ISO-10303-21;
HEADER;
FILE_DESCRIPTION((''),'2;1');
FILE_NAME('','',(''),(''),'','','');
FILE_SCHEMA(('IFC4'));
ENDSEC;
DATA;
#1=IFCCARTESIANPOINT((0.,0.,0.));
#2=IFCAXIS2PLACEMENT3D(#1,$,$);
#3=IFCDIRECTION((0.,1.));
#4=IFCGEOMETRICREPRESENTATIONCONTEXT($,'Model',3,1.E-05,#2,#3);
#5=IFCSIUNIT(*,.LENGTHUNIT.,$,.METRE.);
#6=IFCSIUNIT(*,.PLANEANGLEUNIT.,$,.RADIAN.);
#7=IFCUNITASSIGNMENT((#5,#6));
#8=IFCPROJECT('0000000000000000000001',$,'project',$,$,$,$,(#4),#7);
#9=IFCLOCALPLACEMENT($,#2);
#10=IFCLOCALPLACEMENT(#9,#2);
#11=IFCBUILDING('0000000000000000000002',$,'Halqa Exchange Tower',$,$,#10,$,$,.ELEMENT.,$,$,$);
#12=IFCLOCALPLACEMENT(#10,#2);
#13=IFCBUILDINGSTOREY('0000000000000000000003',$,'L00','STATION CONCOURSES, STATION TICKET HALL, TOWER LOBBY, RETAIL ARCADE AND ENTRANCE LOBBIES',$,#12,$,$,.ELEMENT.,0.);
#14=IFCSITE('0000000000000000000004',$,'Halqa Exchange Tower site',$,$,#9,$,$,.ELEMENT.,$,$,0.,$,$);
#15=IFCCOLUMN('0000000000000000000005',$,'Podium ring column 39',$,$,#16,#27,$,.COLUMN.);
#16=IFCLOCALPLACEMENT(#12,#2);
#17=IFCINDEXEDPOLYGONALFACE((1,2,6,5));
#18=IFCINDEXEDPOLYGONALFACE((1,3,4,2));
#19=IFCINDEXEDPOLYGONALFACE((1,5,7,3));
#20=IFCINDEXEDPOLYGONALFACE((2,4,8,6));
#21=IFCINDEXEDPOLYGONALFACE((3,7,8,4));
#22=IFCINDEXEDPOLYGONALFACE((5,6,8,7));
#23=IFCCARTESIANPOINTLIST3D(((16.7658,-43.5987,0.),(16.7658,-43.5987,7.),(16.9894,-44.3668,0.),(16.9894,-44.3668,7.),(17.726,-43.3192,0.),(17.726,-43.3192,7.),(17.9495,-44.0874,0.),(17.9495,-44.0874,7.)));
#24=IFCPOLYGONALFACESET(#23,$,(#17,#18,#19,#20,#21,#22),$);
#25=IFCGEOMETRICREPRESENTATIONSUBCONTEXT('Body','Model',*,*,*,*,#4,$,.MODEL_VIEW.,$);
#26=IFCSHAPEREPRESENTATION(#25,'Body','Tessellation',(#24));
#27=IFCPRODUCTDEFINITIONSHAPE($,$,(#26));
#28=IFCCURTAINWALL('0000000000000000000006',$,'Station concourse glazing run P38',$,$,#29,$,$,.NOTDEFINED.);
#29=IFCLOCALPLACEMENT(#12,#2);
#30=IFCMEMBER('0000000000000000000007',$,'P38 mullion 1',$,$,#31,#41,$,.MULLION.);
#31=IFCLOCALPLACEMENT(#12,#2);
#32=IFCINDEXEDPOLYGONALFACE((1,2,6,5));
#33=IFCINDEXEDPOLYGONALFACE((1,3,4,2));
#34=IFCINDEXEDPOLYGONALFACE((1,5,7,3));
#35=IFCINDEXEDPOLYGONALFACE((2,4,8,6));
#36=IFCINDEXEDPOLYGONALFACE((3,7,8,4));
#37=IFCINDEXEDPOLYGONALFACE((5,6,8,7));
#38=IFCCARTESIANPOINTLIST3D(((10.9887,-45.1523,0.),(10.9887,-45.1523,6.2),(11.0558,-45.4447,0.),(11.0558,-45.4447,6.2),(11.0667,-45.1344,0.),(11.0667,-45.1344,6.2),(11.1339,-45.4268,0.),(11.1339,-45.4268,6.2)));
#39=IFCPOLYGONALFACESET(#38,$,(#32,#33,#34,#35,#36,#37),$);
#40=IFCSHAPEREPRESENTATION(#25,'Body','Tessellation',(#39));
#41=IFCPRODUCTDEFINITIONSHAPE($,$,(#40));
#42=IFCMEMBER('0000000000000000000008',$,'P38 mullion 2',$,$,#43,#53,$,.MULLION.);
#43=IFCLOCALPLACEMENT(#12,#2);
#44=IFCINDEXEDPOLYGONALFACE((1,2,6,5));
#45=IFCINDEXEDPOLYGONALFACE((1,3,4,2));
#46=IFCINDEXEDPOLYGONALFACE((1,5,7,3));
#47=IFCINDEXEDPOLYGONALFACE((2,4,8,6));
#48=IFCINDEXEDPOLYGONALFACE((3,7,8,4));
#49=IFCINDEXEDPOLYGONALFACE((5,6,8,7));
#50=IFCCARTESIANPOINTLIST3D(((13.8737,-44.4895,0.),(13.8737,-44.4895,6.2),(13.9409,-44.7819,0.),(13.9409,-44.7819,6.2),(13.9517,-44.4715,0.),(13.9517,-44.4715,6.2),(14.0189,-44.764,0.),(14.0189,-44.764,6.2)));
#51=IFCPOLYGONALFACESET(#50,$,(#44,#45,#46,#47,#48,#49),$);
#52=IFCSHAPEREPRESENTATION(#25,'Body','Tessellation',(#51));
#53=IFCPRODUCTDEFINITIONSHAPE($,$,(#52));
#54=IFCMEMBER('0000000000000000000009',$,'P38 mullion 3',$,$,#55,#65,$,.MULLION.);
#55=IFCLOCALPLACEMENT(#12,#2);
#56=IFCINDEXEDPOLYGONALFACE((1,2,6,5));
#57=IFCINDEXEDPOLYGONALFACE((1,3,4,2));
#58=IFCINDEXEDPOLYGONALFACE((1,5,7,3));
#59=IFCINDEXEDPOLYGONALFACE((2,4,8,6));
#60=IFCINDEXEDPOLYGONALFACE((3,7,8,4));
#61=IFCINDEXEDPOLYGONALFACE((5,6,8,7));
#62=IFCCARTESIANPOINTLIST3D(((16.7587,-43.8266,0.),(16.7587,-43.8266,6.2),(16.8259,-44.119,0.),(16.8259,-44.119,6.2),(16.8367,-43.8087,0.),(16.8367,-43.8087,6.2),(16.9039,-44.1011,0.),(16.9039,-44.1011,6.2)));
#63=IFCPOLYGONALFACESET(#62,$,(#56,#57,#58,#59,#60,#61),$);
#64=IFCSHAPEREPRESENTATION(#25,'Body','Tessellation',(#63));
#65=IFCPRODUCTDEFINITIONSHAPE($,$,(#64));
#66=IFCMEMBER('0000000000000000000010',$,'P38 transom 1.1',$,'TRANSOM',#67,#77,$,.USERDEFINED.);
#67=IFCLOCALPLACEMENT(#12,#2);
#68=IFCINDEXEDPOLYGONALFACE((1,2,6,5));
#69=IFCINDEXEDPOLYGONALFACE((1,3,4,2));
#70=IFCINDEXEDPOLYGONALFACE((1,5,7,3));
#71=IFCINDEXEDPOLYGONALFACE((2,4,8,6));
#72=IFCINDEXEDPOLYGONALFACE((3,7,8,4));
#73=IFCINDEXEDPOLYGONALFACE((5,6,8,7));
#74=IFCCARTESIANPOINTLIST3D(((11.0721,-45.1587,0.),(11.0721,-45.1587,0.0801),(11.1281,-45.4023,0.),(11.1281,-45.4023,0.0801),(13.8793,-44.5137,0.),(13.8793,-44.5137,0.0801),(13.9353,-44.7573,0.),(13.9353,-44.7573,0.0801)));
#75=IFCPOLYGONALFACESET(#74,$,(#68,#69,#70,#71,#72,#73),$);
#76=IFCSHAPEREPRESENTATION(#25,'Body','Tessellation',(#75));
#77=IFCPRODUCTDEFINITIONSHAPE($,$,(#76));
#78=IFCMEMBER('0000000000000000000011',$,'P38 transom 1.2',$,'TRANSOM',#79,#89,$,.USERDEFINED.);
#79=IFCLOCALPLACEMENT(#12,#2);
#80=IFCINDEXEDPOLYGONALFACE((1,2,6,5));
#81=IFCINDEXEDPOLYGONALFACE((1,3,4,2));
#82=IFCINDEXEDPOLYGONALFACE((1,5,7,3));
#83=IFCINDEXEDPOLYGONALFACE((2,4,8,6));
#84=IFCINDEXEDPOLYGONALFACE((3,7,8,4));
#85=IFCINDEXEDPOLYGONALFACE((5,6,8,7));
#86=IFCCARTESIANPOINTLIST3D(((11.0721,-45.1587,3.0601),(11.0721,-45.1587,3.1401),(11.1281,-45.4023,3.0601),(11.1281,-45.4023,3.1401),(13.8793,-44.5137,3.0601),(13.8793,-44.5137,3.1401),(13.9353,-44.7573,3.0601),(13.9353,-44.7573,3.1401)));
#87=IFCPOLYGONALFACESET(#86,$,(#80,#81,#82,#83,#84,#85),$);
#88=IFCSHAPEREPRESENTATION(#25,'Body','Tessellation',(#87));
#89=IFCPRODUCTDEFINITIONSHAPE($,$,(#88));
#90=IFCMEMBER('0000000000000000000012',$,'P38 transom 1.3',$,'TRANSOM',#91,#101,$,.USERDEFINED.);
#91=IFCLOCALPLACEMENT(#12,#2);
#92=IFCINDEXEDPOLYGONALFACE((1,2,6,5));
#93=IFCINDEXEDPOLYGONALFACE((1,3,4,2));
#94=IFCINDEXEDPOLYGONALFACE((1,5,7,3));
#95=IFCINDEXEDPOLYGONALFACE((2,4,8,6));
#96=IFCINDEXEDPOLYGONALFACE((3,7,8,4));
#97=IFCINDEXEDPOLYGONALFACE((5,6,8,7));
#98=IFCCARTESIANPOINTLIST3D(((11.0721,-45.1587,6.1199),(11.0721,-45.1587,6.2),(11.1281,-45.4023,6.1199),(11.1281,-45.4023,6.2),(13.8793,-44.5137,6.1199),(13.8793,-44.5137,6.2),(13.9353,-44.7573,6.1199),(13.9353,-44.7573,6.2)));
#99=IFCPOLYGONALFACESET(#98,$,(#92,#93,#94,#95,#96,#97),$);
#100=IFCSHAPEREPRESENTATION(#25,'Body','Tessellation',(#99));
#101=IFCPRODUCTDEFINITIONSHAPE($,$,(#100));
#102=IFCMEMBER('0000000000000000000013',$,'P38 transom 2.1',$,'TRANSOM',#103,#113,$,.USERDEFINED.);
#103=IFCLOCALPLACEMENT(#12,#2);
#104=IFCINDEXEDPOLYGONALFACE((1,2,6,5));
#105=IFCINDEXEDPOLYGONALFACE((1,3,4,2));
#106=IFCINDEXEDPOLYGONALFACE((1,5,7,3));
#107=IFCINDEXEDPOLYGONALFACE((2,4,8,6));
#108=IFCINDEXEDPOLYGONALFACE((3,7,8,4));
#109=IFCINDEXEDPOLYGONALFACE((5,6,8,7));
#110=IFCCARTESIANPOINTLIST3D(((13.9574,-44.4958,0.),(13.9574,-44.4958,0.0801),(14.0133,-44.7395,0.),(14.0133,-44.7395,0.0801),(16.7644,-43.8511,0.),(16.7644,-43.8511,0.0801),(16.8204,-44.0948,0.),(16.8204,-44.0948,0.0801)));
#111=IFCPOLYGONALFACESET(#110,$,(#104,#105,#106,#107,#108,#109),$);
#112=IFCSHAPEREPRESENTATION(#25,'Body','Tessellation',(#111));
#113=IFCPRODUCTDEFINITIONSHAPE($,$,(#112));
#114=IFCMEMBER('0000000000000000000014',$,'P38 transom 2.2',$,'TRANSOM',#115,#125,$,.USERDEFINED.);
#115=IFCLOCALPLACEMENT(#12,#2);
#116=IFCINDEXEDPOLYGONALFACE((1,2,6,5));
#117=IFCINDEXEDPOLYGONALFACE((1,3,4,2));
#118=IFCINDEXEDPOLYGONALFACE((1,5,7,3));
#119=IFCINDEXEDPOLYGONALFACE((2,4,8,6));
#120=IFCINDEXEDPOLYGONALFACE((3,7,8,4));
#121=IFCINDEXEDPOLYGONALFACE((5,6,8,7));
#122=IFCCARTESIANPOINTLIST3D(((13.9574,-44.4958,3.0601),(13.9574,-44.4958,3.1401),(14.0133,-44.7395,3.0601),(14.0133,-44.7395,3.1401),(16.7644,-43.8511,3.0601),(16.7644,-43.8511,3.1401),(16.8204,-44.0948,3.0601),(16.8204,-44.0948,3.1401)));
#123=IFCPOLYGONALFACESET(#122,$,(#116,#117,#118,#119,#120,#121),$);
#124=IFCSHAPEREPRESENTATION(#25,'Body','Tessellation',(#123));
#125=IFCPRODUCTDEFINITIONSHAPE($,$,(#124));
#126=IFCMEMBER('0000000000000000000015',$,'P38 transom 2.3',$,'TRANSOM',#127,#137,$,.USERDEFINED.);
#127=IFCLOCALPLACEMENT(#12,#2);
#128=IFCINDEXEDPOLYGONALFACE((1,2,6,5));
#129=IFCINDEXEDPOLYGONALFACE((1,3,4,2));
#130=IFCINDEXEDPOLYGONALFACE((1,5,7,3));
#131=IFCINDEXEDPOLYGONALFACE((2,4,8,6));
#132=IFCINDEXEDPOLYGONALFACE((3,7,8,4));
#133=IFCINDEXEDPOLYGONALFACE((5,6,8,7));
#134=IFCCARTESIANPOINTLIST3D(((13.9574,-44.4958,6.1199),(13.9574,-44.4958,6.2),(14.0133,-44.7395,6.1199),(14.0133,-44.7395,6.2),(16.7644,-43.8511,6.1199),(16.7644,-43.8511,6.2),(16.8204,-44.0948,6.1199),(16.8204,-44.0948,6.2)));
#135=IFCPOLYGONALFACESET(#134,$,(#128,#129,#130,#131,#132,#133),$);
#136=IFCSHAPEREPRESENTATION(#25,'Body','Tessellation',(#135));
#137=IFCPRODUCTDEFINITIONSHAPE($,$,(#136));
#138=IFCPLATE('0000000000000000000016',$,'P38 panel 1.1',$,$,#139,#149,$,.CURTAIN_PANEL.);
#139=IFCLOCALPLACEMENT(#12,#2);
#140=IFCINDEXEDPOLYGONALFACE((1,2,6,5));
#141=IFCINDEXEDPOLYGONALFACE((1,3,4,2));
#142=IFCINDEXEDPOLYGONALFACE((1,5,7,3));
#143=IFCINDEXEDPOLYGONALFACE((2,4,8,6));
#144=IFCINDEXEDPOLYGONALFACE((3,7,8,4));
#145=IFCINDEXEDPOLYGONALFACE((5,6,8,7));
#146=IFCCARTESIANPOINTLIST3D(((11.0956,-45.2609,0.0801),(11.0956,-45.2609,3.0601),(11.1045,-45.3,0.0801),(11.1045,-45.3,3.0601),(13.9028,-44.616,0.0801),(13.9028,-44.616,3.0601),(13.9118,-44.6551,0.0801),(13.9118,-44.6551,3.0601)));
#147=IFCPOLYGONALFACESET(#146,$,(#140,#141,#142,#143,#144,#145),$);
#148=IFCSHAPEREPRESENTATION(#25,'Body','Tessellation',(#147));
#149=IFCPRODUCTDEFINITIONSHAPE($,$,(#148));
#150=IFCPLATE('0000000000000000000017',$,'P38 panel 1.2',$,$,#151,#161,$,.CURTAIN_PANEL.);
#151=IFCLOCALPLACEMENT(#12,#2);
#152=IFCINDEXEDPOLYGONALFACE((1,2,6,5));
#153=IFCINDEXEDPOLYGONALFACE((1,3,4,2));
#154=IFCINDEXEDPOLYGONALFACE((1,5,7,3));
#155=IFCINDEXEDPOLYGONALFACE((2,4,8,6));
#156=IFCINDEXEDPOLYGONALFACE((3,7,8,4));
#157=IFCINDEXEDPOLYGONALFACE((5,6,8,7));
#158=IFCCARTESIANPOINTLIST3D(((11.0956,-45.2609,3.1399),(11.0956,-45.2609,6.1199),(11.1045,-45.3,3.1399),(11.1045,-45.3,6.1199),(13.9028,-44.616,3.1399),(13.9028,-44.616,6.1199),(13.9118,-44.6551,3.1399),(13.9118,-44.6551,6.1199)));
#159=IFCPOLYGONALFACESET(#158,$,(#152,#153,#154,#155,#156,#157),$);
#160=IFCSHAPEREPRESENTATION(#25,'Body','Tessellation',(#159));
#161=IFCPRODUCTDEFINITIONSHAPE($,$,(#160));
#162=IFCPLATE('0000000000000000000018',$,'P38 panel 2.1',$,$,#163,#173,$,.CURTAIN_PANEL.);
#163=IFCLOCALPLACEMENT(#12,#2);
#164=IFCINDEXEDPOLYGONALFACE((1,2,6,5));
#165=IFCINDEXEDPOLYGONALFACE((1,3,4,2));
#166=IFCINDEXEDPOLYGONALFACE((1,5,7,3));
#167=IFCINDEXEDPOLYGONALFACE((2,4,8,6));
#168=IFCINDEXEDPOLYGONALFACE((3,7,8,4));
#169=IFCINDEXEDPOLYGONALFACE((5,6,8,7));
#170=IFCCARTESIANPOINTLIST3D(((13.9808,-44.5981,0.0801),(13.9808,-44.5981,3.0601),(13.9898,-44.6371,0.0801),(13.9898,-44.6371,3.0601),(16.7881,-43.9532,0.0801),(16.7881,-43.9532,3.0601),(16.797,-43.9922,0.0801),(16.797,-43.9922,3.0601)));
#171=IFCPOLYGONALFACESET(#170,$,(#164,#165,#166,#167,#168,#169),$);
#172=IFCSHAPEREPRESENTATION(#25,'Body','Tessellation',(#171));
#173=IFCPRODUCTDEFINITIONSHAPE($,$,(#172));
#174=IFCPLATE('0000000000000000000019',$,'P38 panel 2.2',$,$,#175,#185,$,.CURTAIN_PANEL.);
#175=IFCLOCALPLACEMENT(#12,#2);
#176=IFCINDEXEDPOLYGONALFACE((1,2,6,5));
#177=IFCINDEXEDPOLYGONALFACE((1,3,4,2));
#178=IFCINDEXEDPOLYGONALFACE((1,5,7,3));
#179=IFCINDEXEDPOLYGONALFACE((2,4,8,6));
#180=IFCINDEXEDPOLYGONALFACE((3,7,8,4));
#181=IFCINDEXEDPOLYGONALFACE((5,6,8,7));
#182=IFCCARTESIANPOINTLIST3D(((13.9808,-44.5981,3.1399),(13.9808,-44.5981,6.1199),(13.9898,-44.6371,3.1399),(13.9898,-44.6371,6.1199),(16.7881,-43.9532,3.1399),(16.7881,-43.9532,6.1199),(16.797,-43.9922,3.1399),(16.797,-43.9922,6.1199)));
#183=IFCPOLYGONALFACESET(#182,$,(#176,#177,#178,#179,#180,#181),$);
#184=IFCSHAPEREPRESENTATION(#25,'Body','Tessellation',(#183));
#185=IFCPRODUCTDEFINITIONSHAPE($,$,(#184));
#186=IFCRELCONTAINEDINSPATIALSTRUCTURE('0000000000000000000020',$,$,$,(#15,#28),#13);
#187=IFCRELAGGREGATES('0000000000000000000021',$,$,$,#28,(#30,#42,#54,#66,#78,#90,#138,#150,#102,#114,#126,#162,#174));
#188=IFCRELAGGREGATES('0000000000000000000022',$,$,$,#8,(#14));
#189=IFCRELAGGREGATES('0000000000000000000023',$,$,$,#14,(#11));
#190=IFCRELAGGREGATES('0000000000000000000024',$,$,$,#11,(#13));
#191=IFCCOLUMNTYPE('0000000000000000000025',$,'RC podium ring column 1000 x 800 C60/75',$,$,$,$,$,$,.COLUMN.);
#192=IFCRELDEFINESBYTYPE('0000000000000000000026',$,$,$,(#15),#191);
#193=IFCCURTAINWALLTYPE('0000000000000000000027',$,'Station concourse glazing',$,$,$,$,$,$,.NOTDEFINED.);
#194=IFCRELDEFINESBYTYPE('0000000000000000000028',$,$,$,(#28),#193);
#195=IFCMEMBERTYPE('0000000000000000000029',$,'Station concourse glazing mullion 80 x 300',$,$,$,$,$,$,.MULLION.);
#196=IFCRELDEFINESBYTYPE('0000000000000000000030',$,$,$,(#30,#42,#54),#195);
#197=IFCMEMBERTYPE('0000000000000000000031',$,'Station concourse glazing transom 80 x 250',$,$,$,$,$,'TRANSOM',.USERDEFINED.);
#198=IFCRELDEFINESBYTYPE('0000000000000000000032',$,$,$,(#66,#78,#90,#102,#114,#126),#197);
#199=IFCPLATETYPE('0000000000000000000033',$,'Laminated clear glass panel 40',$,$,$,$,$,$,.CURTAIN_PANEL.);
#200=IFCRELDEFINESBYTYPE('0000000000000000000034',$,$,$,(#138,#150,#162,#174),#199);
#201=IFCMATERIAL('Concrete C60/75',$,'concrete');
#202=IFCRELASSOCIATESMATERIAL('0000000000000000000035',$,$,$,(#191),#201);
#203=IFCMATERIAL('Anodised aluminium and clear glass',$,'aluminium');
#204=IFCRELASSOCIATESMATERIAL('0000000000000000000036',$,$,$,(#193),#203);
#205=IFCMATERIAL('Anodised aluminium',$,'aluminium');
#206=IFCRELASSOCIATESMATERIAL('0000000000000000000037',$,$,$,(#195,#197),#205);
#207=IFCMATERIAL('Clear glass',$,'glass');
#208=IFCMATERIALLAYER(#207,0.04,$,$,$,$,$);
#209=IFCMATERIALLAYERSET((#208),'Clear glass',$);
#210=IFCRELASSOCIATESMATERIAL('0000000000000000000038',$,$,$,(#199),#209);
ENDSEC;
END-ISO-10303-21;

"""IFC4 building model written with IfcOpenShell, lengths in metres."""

from ifc_helpers import new_model, si_unit, direction, frame, origin, origin_2d, place, context, subcontext, project, spatial, rectangle, extrude, material, layer, layer_set, material_profile, profile_set, type_object, element, aggregate, save


model = new_model("IFC4")

# Units and contexts
model_context = context("Model", 3, precision=1e-05, world=origin(), true_north=direction((0.0, 1.0)))
body_context = subcontext(model_context, "Body", "Model", "MODEL_VIEW")
ifc_project = project(units=[si_unit("LENGTHUNIT", "METRE"), si_unit("PLANEANGLEUNIT", "RADIAN")], contexts=[model_context])

# Site, building, storey
site_placement = place(None, origin())
site = spatial("IfcSite", under=ifc_project, at=site_placement, Name="Halqa Exchange Tower site", CompositionType="ELEMENT", RefElevation=0.0)
building_placement = place(site_placement, origin())
building = spatial("IfcBuilding", under=site, at=building_placement, Name="Halqa Exchange Tower", CompositionType="ELEMENT")
storey_placement = place(building_placement, origin())
storey = spatial("IfcBuildingStorey", under=building, at=storey_placement, Name="L00", Description="STATION CONCOURSES, STATION TICKET HALL, TOWER LOBBY, RETAIL ARCADE AND ENTRANCE LOBBIES", CompositionType="ELEMENT", Elevation=0.0)

# Column
ifc_material_1 = material(Name="Concrete C60/75", Category="concrete")
ifc_material_profile_1 = material_profile(ifc_material_1, rectangle(XDim=1.0, YDim=0.8, at=origin_2d()), Name="1000 x 800")
ifc_profile_set_1 = profile_set([ifc_material_profile_1], Name="Concrete C60/75")
column_type = type_object("IfcColumnType", Name="RC podium ring column 1000 x 800 C60/75", PredefinedType="COLUMN", material=ifc_profile_set_1)
column_placement = place(storey_placement, frame((17.3577, -43.843, 0.0), z_axis=(0.0, 0.0, 1.0), x_axis=(0.960158, 0.279459, 0.0)))
element("IfcColumn", 1, at=column_placement, inside=storey, type_object=column_type, Name="Podium ring column 39", PredefinedType="COLUMN", context=body_context, shape_type="SweptSolid", body=[
    extrude(rectangle(XDim=1.0, YDim=0.8, at=origin_2d()), origin(), (0.0, 0.0, 1.0), 7.0),
])

# Curtain wall, members, plates
ifc_material_2 = material(Name="Anodised aluminium and clear glass", Category="aluminium")
curtain_wall_type = type_object("IfcCurtainWallType", Name="Station concourse glazing", PredefinedType="NOTDEFINED", material=ifc_material_2)
curtain_wall_placement = place(storey_placement, origin())
curtain_wall = element("IfcCurtainWall", 2, at=curtain_wall_placement, inside=storey, type_object=curtain_wall_type, Name="Station concourse glazing run P38", PredefinedType="NOTDEFINED")
ifc_material_3 = material(Name="Anodised aluminium", Category="aluminium")
ifc_material_profile_2 = material_profile(ifc_material_3, rectangle(XDim=0.3, YDim=0.0801, at=origin_2d()), Name="AL 80x300")
ifc_profile_set_2 = profile_set([ifc_material_profile_2], Name="Anodised aluminium")
member_type_1 = type_object("IfcMemberType", Name="Station concourse glazing mullion 80 x 300", PredefinedType="MULLION", material=ifc_profile_set_2)
member_1_placement = place(storey_placement, frame((11.0613, -45.2896, 0.0), z_axis=(0.0, 0.0, 1.0), x_axis=(-0.223897, 0.974613, 0.0)))
member_1 = element("IfcMember", 3, at=member_1_placement, type_object=member_type_1, Name="P38 mullion 1", PredefinedType="MULLION", context=body_context, shape_type="SweptSolid", body=[
    extrude(rectangle(XDim=0.3, YDim=0.0801, at=origin_2d()), origin(), (0.0, 0.0, 1.0), 6.2),
])
member_2_placement = place(storey_placement, frame((13.9463, -44.6267, 0.0), z_axis=(0.0, 0.0, 1.0), x_axis=(-0.223897, 0.974613, 0.0)))
member_2 = element("IfcMember", 4, at=member_2_placement, type_object=member_type_1, Name="P38 mullion 2", PredefinedType="MULLION", context=body_context, shape_type="SweptSolid", body=[
    extrude(rectangle(XDim=0.3, YDim=0.0801, at=origin_2d()), origin(), (0.0, 0.0, 1.0), 6.2),
])
member_3_placement = place(storey_placement, frame((16.8313, -43.9639, 0.0), z_axis=(0.0, 0.0, 1.0), x_axis=(-0.223897, 0.974613, 0.0)))
member_3 = element("IfcMember", 5, at=member_3_placement, type_object=member_type_1, Name="P38 mullion 3", PredefinedType="MULLION", context=body_context, shape_type="SweptSolid", body=[
    extrude(rectangle(XDim=0.3, YDim=0.0801, at=origin_2d()), origin(), (0.0, 0.0, 1.0), 6.2),
])
ifc_material_profile_3 = material_profile(ifc_material_3, rectangle(XDim=0.25, YDim=0.0801, at=origin_2d()), Name="AL 80x250")
ifc_profile_set_3 = profile_set([ifc_material_profile_3], Name="Anodised aluminium")
member_type_2 = type_object("IfcMemberType", Name="Station concourse glazing transom 80 x 250", ElementType="TRANSOM", PredefinedType="USERDEFINED", material=ifc_profile_set_3)
member_4_placement = place(storey_placement, frame((11.1001, -45.2805, 0.04), z_axis=(0.974602, 0.223943, 0.0), x_axis=(-0.223943, 0.974602, 0.0)))
member_4 = element("IfcMember", 6, at=member_4_placement, type_object=member_type_2, Name="P38 transom 1.1", ObjectType="TRANSOM", PredefinedType="USERDEFINED", context=body_context, shape_type="SweptSolid", body=[
    extrude(rectangle(XDim=0.25, YDim=0.0801, at=origin_2d()), origin(), (0.0, 0.0, 1.0), 2.8804),
])
member_5_placement = place(storey_placement, frame((11.1001, -45.2805, 3.1001), z_axis=(0.974602, 0.223943, 0.0), x_axis=(-0.223943, 0.974602, 0.0)))
member_5 = element("IfcMember", 7, at=member_5_placement, type_object=member_type_2, Name="P38 transom 1.2", ObjectType="TRANSOM", PredefinedType="USERDEFINED", context=body_context, shape_type="SweptSolid", body=[
    extrude(rectangle(XDim=0.25, YDim=0.0801, at=origin_2d()), origin(), (0.0, 0.0, 1.0), 2.8804),
])
member_6_placement = place(storey_placement, frame((11.1001, -45.2805, 6.1599), z_axis=(0.974602, 0.223943, 0.0), x_axis=(-0.223943, 0.974602, 0.0)))
member_6 = element("IfcMember", 8, at=member_6_placement, type_object=member_type_2, Name="P38 transom 1.3", ObjectType="TRANSOM", PredefinedType="USERDEFINED", context=body_context, shape_type="SweptSolid", body=[
    extrude(rectangle(XDim=0.25, YDim=0.0801, at=origin_2d()), origin(), (0.0, 0.0, 1.0), 2.8804),
])
member_7_placement = place(storey_placement, frame((13.9854, -44.6177, 0.04), z_axis=(0.974621, 0.223863, 0.0), x_axis=(-0.223863, 0.974621, 0.0)))
member_7 = element("IfcMember", 9, at=member_7_placement, type_object=member_type_2, Name="P38 transom 2.1", ObjectType="TRANSOM", PredefinedType="USERDEFINED", context=body_context, shape_type="SweptSolid", body=[
    extrude(rectangle(XDim=0.25, YDim=0.0801, at=origin_2d()), origin(), (0.0, 0.0, 1.0), 2.8801),
])
member_8_placement = place(storey_placement, frame((13.9854, -44.6177, 3.1001), z_axis=(0.974621, 0.223863, 0.0), x_axis=(-0.223863, 0.974621, 0.0)))
member_8 = element("IfcMember", 10, at=member_8_placement, type_object=member_type_2, Name="P38 transom 2.2", ObjectType="TRANSOM", PredefinedType="USERDEFINED", context=body_context, shape_type="SweptSolid", body=[
    extrude(rectangle(XDim=0.25, YDim=0.0801, at=origin_2d()), origin(), (0.0, 0.0, 1.0), 2.8801),
])
member_9_placement = place(storey_placement, frame((13.9854, -44.6177, 6.1599), z_axis=(0.974621, 0.223863, 0.0), x_axis=(-0.223863, 0.974621, 0.0)))
member_9 = element("IfcMember", 11, at=member_9_placement, type_object=member_type_2, Name="P38 transom 2.3", ObjectType="TRANSOM", PredefinedType="USERDEFINED", context=body_context, shape_type="SweptSolid", body=[
    extrude(rectangle(XDim=0.25, YDim=0.0801, at=origin_2d()), origin(), (0.0, 0.0, 1.0), 2.8801),
])
ifc_material_4 = material(Name="Clear glass", Category="glass")
ifc_layer_1 = layer(ifc_material_4, 0.04)
ifc_layer_set_1 = layer_set([ifc_layer_1], Name="Clear glass")
plate_type = type_object("IfcPlateType", Name="Laminated clear glass panel 40", PredefinedType="CURTAIN_PANEL", material=ifc_layer_set_1)
plate_1_placement = place(storey_placement, frame((12.5037, -44.958, 0.0801), z_axis=(0.0, 0.0, 1.0), x_axis=(0.974613, 0.223897, 0.0)))
plate_1 = element("IfcPlate", 12, at=plate_1_placement, type_object=plate_type, Name="P38 panel 1.1", PredefinedType="CURTAIN_PANEL", context=body_context, shape_type="SweptSolid", body=[
    extrude(rectangle(XDim=2.8804, YDim=0.04, at=origin_2d()), origin(), (0.0, 0.0, 1.0), 2.98),
])
plate_2_placement = place(storey_placement, frame((12.5037, -44.958, 3.1399), z_axis=(0.0, 0.0, 1.0), x_axis=(0.974613, 0.223897, 0.0)))
plate_2 = element("IfcPlate", 13, at=plate_2_placement, type_object=plate_type, Name="P38 panel 1.2", PredefinedType="CURTAIN_PANEL", context=body_context, shape_type="SweptSolid", body=[
    extrude(rectangle(XDim=2.8804, YDim=0.04, at=origin_2d()), origin(), (0.0, 0.0, 1.0), 2.98),
])
plate_3_placement = place(storey_placement, frame((15.3889, -44.2952, 0.0801), z_axis=(0.0, 0.0, 1.0), x_axis=(0.974613, 0.223897, 0.0)))
plate_3 = element("IfcPlate", 14, at=plate_3_placement, type_object=plate_type, Name="P38 panel 2.1", PredefinedType="CURTAIN_PANEL", context=body_context, shape_type="SweptSolid", body=[
    extrude(rectangle(XDim=2.8804, YDim=0.04, at=origin_2d()), origin(), (0.0, 0.0, 1.0), 2.98),
])
plate_4_placement = place(storey_placement, frame((15.3889, -44.2952, 3.1399), z_axis=(0.0, 0.0, 1.0), x_axis=(0.974613, 0.223897, 0.0)))
plate_4 = element("IfcPlate", 15, at=plate_4_placement, type_object=plate_type, Name="P38 panel 2.2", PredefinedType="CURTAIN_PANEL", context=body_context, shape_type="SweptSolid", body=[
    extrude(rectangle(XDim=2.8804, YDim=0.04, at=origin_2d()), origin(), (0.0, 0.0, 1.0), 2.98),
])
aggregate(curtain_wall, [member_1, member_2, member_3, member_4, member_5, member_6, plate_1, plate_2, member_7, member_8, member_9, plate_3, plate_4])

save(model, "model.ifc")
